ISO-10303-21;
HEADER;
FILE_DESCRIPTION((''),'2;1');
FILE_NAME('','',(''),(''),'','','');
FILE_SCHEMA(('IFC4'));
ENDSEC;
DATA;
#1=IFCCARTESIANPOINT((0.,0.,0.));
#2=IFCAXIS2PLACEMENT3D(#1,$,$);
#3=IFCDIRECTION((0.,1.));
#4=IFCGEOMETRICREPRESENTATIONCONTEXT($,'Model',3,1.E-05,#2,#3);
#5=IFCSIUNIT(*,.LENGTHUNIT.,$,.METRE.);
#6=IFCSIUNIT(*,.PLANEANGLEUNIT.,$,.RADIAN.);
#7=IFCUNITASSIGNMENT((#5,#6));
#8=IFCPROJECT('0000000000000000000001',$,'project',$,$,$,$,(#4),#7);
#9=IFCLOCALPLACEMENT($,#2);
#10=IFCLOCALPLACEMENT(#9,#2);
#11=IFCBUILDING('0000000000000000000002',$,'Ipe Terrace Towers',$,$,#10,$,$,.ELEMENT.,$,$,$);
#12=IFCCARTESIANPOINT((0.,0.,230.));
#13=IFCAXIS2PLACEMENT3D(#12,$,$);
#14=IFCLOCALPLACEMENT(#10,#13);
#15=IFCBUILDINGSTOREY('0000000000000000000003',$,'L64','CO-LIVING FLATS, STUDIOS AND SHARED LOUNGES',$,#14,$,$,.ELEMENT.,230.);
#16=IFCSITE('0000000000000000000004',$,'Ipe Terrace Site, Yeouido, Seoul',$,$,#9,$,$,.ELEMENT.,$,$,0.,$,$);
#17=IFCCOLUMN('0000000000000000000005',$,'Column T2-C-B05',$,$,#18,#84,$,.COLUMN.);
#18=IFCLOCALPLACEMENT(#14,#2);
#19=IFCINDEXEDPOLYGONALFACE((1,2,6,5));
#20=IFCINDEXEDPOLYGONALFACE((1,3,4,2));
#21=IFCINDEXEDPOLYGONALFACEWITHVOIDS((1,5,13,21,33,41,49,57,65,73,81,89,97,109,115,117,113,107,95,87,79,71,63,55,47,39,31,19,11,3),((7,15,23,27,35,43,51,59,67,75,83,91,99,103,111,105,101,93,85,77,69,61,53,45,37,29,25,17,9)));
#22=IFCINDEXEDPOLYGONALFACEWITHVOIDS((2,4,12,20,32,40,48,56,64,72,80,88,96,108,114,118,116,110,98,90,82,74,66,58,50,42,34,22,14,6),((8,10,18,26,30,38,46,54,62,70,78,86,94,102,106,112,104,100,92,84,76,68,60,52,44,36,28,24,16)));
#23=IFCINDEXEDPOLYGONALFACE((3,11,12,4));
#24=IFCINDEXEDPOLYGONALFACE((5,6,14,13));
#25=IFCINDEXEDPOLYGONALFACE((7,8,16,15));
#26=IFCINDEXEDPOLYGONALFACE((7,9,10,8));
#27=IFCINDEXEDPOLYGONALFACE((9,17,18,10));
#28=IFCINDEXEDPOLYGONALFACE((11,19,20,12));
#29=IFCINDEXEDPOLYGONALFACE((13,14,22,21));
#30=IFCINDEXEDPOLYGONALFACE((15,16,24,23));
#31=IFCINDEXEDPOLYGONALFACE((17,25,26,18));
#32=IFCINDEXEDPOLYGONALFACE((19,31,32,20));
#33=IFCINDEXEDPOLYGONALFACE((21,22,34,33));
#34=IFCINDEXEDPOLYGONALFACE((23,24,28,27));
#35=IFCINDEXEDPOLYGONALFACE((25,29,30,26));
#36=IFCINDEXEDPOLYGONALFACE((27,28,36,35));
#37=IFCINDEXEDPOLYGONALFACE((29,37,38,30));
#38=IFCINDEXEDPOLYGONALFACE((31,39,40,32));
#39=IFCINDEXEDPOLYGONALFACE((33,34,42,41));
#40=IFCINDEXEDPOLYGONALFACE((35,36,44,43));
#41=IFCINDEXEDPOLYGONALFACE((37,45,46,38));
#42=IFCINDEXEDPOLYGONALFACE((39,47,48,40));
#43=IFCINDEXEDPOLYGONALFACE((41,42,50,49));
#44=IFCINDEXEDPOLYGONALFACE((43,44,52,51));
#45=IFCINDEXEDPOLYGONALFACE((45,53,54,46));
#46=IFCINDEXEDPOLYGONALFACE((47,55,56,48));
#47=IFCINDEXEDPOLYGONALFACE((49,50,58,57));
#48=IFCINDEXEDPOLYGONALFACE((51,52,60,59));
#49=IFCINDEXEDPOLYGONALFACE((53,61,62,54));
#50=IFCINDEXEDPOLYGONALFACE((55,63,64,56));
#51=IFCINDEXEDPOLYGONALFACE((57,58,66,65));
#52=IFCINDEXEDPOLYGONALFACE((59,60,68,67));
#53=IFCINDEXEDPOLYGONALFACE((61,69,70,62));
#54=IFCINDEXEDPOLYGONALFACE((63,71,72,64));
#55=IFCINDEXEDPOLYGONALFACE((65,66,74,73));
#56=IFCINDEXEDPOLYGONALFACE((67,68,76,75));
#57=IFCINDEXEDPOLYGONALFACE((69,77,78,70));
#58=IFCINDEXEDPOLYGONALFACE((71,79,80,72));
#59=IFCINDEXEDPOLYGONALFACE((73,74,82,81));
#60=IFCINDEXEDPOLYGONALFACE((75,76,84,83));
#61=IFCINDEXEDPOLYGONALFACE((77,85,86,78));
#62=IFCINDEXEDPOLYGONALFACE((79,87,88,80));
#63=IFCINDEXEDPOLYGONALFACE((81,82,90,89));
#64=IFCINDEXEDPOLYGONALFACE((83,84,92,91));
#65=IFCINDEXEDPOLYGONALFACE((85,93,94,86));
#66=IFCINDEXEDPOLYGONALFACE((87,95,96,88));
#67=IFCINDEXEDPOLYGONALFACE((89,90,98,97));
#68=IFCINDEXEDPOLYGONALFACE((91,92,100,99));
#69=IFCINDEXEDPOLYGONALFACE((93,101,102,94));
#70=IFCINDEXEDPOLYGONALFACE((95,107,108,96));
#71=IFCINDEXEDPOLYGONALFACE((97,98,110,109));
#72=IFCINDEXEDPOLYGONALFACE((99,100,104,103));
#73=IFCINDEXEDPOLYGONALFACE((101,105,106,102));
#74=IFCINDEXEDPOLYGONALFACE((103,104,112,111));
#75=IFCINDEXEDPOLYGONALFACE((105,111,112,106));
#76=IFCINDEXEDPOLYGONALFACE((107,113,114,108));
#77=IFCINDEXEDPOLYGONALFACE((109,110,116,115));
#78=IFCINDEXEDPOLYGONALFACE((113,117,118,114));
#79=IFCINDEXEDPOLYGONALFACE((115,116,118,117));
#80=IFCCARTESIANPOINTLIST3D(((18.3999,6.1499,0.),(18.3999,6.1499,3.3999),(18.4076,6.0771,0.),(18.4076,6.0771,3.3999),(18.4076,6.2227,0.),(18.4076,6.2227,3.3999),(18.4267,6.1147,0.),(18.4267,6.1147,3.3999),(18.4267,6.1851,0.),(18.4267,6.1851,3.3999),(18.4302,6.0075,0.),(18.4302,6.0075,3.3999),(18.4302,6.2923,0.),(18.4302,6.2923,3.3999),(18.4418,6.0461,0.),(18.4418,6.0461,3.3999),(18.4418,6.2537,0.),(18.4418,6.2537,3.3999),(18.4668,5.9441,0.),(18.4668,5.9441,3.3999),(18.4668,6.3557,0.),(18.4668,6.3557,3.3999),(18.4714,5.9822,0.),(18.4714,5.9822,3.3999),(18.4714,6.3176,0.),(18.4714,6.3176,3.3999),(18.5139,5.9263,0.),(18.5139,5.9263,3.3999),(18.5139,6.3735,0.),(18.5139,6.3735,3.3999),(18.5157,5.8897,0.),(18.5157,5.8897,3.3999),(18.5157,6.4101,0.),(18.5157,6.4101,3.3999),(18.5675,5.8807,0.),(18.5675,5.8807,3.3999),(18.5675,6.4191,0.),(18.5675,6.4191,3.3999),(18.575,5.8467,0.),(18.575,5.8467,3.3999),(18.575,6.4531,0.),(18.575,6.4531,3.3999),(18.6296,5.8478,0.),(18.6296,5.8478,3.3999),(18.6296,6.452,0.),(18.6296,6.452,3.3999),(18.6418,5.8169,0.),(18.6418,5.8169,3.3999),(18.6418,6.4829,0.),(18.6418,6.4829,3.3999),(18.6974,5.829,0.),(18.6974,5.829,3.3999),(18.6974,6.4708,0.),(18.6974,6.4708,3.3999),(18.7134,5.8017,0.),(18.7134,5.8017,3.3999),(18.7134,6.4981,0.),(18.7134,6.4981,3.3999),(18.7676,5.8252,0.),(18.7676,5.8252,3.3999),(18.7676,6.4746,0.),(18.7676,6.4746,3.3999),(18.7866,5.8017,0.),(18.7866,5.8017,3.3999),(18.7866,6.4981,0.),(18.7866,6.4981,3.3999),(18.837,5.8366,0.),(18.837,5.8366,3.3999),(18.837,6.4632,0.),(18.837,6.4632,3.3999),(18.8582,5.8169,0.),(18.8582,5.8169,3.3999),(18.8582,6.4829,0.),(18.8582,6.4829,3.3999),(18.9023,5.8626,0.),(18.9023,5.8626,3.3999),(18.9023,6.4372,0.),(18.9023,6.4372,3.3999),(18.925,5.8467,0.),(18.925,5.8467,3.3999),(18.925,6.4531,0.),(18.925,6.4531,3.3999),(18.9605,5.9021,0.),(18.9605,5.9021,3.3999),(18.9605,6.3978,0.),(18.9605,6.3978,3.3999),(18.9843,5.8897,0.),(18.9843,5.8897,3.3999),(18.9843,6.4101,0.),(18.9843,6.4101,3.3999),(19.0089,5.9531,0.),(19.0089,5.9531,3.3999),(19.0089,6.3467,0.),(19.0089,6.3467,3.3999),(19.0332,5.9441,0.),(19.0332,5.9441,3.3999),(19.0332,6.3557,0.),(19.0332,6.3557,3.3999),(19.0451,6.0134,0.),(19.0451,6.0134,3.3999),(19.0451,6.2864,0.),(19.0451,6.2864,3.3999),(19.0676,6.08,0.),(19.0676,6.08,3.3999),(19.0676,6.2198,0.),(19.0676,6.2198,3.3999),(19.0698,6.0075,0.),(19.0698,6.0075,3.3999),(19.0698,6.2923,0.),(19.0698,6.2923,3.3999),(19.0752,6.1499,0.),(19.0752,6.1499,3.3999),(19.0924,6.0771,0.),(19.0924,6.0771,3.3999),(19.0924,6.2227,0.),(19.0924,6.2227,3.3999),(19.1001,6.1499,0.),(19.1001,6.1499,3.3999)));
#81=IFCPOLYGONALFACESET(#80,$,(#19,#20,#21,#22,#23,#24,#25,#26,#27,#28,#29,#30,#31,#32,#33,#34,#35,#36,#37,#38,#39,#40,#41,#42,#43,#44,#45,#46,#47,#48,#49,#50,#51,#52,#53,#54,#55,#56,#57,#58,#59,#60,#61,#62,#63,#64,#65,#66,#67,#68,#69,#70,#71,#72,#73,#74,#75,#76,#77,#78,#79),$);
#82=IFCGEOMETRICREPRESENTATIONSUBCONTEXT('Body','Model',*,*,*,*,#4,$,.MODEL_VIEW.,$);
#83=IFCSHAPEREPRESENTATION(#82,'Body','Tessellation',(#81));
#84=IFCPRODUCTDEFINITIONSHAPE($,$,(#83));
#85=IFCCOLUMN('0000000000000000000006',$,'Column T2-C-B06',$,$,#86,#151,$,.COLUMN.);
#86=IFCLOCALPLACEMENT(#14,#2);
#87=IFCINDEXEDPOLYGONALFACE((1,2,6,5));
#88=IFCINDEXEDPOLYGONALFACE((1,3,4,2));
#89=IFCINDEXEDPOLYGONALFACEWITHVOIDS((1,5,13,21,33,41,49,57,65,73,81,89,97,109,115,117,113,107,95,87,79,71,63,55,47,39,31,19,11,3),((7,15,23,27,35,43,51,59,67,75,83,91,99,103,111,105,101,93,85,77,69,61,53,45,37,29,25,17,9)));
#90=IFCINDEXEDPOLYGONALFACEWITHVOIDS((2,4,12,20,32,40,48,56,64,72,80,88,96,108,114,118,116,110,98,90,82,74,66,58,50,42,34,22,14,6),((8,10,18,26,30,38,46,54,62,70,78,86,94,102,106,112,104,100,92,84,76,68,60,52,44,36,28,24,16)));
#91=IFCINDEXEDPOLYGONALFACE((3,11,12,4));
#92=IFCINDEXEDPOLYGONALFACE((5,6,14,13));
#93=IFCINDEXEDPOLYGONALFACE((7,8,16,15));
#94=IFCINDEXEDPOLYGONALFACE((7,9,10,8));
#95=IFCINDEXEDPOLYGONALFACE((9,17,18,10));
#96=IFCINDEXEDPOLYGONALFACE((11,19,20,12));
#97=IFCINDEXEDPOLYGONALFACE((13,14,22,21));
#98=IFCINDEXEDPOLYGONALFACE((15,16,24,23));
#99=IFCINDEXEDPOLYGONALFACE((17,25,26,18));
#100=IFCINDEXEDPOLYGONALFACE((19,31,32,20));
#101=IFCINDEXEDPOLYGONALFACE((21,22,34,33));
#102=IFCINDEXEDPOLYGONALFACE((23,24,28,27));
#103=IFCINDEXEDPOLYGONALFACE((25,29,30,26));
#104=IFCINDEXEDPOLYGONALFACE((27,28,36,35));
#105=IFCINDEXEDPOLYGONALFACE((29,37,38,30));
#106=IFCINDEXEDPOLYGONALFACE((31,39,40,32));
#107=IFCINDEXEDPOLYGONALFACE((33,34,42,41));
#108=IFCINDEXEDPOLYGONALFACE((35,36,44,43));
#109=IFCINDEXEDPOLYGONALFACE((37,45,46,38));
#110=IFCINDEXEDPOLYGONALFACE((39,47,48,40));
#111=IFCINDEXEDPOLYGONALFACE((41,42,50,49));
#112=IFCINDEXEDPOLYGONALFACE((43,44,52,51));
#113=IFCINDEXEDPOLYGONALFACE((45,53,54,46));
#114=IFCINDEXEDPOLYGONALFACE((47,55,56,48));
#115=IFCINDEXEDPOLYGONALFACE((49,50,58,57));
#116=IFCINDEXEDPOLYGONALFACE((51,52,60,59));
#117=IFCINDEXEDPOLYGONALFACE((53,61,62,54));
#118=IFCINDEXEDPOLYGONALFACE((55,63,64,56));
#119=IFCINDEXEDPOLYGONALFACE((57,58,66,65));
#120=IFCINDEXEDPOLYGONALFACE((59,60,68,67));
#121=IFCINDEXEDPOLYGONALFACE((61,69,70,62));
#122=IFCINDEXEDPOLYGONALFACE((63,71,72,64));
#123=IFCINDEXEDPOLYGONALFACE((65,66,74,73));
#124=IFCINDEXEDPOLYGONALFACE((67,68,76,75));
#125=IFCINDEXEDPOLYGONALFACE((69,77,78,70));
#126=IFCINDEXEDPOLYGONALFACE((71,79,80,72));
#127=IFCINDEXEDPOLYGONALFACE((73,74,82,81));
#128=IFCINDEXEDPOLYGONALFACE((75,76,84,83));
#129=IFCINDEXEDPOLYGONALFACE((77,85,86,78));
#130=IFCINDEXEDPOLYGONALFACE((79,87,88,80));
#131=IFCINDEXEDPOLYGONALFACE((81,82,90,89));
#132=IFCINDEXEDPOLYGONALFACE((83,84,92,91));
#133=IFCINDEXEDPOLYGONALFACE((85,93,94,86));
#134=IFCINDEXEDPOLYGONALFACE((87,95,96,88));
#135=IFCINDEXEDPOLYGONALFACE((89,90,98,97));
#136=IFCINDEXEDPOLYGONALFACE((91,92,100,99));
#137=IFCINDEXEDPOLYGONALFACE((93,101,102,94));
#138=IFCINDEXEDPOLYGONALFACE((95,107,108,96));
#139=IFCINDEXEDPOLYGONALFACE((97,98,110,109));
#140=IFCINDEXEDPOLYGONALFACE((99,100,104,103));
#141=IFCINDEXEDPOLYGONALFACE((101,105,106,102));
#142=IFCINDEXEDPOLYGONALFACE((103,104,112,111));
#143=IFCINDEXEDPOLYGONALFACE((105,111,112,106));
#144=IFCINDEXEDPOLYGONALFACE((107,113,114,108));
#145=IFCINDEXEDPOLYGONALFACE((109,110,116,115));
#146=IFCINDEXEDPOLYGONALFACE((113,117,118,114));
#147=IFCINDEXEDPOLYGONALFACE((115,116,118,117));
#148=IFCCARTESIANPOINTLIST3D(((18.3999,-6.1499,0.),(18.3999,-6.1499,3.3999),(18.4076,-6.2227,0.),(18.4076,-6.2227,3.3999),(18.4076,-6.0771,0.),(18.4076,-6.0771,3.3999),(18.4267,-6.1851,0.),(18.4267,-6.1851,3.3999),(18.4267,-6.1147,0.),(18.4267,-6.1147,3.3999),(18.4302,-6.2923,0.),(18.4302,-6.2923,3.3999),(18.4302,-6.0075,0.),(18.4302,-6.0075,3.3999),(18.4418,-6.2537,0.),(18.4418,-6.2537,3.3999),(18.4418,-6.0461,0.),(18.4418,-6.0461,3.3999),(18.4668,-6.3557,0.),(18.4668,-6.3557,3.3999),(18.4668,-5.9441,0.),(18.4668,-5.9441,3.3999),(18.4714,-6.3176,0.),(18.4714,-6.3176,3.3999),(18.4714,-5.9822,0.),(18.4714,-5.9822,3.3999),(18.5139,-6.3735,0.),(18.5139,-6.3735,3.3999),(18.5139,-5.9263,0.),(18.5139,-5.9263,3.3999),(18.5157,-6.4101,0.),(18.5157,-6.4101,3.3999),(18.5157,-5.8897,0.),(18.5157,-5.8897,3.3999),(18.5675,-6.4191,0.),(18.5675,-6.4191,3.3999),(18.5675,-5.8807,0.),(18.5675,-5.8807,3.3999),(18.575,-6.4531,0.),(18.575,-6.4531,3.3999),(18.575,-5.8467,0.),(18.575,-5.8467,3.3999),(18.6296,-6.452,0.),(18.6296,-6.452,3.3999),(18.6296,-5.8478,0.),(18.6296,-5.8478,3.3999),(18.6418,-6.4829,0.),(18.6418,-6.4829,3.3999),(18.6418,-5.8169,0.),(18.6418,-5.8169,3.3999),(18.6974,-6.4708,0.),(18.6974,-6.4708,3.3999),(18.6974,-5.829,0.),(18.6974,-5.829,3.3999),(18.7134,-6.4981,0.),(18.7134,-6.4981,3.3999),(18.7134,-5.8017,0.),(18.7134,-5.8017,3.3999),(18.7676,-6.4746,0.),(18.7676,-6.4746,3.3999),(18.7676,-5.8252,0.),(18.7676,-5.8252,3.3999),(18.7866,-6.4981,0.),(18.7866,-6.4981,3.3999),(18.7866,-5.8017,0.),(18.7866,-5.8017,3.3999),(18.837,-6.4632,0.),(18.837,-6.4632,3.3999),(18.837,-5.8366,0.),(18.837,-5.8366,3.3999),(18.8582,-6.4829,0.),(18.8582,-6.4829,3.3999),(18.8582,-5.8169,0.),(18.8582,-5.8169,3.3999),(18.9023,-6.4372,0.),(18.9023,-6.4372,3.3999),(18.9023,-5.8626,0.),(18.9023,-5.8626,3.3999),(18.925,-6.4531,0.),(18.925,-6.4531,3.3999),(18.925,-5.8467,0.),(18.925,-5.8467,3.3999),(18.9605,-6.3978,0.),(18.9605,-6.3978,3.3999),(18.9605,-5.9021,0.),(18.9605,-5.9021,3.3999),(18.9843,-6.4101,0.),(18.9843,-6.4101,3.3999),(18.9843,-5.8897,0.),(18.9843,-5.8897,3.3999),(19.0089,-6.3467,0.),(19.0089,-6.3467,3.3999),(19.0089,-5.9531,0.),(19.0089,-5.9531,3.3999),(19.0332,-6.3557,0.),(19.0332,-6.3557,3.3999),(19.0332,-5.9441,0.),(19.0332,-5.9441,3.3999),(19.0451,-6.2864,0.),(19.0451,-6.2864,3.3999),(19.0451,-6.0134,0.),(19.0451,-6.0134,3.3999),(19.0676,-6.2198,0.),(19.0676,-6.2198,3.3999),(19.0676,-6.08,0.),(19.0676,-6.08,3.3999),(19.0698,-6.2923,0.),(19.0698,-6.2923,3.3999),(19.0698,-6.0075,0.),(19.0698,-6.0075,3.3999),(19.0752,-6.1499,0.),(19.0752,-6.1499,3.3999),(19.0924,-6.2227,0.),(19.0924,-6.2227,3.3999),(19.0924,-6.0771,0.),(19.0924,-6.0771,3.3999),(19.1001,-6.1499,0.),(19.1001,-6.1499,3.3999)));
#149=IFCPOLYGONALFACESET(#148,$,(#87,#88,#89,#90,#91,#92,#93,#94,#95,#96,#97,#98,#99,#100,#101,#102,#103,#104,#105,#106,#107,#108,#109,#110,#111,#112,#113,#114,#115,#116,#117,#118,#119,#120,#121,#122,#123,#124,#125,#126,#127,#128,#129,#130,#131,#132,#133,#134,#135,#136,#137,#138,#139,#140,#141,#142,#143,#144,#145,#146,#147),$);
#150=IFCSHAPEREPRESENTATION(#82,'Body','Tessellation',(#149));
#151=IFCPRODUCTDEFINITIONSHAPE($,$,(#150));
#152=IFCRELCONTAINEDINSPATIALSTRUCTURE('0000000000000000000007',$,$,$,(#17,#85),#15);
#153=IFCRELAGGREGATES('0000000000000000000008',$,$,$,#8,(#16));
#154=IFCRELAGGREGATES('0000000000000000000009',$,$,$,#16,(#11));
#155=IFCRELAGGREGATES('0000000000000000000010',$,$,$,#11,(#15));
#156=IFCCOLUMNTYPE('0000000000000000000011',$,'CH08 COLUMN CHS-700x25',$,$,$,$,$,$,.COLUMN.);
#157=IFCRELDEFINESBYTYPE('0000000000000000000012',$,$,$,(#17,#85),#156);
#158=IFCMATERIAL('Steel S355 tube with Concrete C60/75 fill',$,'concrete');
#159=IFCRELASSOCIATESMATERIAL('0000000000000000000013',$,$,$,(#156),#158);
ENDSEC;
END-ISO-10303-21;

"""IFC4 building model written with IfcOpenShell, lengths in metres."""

from ifc_helpers import new_model, si_unit, direction, frame, origin, origin_2d, place, context, subcontext, project, spatial, hollow_circle, extrude, material, material_profile, profile_set, type_object, element, save


model = new_model("IFC4")

# Units and contexts
model_context = context("Model", 3, precision=1e-05, world=origin(), true_north=direction((0.0, 1.0)))
body_context = subcontext(model_context, "Body", "Model", "MODEL_VIEW")
ifc_project = project(units=[si_unit("LENGTHUNIT", "METRE"), si_unit("PLANEANGLEUNIT", "RADIAN")], contexts=[model_context])

# Site, building, storey
site_placement = place(None, origin())
site = spatial("IfcSite", under=ifc_project, at=site_placement, Name="Ipe Terrace Site, Yeouido, Seoul", CompositionType="ELEMENT", RefElevation=0.0)
building_placement = place(site_placement, origin())
building = spatial("IfcBuilding", under=site, at=building_placement, Name="Ipe Terrace Towers", CompositionType="ELEMENT")
storey_placement = place(building_placement, frame((0.0, 0.0, 230.0)))
storey = spatial("IfcBuildingStorey", under=building, at=storey_placement, Name="L64", Description="CO-LIVING FLATS, STUDIOS AND SHARED LOUNGES", CompositionType="ELEMENT", Elevation=230.0)

# Columns
ifc_material_1 = material(Name="Steel S355 tube with Concrete C60/75 fill", Category="concrete")
ifc_material_profile_1 = material_profile(ifc_material_1, hollow_circle(Radius=0.3501, WallThickness=0.0249, at=origin_2d()), Name="CHS-700x25")
ifc_profile_set_1 = profile_set([ifc_material_profile_1], Name="Steel S355 tube with Concrete C60/75 fill")
column_type = type_object("IfcColumnType", Name="CH08 COLUMN CHS-700x25", PredefinedType="COLUMN", material=ifc_profile_set_1)
for number, where, z_axis, x_axis, name in (
    (1, (18.75, 6.1499, 0.0), (0.0, 0.0, 1.0), (1.0, 0.0, 0.0), "Column T2-C-B05"),
    (2, (18.75, -6.1499, 0.0), (0.0, 0.0, 1.0), (1.0, 0.0, 0.0), "Column T2-C-B06"),
):
    element("IfcColumn", number, at=place(storey_placement, frame(where, z_axis=z_axis, x_axis=x_axis)), inside=storey, type_object=column_type, Name=name, PredefinedType="COLUMN", context=body_context, shape_type="SweptSolid", body=[
        extrude(hollow_circle(Radius=0.3501, WallThickness=0.0249, at=origin_2d()), origin(), (0.0, 0.0, 1.0), 3.3999),
    ])

save(model, "model.ifc")
